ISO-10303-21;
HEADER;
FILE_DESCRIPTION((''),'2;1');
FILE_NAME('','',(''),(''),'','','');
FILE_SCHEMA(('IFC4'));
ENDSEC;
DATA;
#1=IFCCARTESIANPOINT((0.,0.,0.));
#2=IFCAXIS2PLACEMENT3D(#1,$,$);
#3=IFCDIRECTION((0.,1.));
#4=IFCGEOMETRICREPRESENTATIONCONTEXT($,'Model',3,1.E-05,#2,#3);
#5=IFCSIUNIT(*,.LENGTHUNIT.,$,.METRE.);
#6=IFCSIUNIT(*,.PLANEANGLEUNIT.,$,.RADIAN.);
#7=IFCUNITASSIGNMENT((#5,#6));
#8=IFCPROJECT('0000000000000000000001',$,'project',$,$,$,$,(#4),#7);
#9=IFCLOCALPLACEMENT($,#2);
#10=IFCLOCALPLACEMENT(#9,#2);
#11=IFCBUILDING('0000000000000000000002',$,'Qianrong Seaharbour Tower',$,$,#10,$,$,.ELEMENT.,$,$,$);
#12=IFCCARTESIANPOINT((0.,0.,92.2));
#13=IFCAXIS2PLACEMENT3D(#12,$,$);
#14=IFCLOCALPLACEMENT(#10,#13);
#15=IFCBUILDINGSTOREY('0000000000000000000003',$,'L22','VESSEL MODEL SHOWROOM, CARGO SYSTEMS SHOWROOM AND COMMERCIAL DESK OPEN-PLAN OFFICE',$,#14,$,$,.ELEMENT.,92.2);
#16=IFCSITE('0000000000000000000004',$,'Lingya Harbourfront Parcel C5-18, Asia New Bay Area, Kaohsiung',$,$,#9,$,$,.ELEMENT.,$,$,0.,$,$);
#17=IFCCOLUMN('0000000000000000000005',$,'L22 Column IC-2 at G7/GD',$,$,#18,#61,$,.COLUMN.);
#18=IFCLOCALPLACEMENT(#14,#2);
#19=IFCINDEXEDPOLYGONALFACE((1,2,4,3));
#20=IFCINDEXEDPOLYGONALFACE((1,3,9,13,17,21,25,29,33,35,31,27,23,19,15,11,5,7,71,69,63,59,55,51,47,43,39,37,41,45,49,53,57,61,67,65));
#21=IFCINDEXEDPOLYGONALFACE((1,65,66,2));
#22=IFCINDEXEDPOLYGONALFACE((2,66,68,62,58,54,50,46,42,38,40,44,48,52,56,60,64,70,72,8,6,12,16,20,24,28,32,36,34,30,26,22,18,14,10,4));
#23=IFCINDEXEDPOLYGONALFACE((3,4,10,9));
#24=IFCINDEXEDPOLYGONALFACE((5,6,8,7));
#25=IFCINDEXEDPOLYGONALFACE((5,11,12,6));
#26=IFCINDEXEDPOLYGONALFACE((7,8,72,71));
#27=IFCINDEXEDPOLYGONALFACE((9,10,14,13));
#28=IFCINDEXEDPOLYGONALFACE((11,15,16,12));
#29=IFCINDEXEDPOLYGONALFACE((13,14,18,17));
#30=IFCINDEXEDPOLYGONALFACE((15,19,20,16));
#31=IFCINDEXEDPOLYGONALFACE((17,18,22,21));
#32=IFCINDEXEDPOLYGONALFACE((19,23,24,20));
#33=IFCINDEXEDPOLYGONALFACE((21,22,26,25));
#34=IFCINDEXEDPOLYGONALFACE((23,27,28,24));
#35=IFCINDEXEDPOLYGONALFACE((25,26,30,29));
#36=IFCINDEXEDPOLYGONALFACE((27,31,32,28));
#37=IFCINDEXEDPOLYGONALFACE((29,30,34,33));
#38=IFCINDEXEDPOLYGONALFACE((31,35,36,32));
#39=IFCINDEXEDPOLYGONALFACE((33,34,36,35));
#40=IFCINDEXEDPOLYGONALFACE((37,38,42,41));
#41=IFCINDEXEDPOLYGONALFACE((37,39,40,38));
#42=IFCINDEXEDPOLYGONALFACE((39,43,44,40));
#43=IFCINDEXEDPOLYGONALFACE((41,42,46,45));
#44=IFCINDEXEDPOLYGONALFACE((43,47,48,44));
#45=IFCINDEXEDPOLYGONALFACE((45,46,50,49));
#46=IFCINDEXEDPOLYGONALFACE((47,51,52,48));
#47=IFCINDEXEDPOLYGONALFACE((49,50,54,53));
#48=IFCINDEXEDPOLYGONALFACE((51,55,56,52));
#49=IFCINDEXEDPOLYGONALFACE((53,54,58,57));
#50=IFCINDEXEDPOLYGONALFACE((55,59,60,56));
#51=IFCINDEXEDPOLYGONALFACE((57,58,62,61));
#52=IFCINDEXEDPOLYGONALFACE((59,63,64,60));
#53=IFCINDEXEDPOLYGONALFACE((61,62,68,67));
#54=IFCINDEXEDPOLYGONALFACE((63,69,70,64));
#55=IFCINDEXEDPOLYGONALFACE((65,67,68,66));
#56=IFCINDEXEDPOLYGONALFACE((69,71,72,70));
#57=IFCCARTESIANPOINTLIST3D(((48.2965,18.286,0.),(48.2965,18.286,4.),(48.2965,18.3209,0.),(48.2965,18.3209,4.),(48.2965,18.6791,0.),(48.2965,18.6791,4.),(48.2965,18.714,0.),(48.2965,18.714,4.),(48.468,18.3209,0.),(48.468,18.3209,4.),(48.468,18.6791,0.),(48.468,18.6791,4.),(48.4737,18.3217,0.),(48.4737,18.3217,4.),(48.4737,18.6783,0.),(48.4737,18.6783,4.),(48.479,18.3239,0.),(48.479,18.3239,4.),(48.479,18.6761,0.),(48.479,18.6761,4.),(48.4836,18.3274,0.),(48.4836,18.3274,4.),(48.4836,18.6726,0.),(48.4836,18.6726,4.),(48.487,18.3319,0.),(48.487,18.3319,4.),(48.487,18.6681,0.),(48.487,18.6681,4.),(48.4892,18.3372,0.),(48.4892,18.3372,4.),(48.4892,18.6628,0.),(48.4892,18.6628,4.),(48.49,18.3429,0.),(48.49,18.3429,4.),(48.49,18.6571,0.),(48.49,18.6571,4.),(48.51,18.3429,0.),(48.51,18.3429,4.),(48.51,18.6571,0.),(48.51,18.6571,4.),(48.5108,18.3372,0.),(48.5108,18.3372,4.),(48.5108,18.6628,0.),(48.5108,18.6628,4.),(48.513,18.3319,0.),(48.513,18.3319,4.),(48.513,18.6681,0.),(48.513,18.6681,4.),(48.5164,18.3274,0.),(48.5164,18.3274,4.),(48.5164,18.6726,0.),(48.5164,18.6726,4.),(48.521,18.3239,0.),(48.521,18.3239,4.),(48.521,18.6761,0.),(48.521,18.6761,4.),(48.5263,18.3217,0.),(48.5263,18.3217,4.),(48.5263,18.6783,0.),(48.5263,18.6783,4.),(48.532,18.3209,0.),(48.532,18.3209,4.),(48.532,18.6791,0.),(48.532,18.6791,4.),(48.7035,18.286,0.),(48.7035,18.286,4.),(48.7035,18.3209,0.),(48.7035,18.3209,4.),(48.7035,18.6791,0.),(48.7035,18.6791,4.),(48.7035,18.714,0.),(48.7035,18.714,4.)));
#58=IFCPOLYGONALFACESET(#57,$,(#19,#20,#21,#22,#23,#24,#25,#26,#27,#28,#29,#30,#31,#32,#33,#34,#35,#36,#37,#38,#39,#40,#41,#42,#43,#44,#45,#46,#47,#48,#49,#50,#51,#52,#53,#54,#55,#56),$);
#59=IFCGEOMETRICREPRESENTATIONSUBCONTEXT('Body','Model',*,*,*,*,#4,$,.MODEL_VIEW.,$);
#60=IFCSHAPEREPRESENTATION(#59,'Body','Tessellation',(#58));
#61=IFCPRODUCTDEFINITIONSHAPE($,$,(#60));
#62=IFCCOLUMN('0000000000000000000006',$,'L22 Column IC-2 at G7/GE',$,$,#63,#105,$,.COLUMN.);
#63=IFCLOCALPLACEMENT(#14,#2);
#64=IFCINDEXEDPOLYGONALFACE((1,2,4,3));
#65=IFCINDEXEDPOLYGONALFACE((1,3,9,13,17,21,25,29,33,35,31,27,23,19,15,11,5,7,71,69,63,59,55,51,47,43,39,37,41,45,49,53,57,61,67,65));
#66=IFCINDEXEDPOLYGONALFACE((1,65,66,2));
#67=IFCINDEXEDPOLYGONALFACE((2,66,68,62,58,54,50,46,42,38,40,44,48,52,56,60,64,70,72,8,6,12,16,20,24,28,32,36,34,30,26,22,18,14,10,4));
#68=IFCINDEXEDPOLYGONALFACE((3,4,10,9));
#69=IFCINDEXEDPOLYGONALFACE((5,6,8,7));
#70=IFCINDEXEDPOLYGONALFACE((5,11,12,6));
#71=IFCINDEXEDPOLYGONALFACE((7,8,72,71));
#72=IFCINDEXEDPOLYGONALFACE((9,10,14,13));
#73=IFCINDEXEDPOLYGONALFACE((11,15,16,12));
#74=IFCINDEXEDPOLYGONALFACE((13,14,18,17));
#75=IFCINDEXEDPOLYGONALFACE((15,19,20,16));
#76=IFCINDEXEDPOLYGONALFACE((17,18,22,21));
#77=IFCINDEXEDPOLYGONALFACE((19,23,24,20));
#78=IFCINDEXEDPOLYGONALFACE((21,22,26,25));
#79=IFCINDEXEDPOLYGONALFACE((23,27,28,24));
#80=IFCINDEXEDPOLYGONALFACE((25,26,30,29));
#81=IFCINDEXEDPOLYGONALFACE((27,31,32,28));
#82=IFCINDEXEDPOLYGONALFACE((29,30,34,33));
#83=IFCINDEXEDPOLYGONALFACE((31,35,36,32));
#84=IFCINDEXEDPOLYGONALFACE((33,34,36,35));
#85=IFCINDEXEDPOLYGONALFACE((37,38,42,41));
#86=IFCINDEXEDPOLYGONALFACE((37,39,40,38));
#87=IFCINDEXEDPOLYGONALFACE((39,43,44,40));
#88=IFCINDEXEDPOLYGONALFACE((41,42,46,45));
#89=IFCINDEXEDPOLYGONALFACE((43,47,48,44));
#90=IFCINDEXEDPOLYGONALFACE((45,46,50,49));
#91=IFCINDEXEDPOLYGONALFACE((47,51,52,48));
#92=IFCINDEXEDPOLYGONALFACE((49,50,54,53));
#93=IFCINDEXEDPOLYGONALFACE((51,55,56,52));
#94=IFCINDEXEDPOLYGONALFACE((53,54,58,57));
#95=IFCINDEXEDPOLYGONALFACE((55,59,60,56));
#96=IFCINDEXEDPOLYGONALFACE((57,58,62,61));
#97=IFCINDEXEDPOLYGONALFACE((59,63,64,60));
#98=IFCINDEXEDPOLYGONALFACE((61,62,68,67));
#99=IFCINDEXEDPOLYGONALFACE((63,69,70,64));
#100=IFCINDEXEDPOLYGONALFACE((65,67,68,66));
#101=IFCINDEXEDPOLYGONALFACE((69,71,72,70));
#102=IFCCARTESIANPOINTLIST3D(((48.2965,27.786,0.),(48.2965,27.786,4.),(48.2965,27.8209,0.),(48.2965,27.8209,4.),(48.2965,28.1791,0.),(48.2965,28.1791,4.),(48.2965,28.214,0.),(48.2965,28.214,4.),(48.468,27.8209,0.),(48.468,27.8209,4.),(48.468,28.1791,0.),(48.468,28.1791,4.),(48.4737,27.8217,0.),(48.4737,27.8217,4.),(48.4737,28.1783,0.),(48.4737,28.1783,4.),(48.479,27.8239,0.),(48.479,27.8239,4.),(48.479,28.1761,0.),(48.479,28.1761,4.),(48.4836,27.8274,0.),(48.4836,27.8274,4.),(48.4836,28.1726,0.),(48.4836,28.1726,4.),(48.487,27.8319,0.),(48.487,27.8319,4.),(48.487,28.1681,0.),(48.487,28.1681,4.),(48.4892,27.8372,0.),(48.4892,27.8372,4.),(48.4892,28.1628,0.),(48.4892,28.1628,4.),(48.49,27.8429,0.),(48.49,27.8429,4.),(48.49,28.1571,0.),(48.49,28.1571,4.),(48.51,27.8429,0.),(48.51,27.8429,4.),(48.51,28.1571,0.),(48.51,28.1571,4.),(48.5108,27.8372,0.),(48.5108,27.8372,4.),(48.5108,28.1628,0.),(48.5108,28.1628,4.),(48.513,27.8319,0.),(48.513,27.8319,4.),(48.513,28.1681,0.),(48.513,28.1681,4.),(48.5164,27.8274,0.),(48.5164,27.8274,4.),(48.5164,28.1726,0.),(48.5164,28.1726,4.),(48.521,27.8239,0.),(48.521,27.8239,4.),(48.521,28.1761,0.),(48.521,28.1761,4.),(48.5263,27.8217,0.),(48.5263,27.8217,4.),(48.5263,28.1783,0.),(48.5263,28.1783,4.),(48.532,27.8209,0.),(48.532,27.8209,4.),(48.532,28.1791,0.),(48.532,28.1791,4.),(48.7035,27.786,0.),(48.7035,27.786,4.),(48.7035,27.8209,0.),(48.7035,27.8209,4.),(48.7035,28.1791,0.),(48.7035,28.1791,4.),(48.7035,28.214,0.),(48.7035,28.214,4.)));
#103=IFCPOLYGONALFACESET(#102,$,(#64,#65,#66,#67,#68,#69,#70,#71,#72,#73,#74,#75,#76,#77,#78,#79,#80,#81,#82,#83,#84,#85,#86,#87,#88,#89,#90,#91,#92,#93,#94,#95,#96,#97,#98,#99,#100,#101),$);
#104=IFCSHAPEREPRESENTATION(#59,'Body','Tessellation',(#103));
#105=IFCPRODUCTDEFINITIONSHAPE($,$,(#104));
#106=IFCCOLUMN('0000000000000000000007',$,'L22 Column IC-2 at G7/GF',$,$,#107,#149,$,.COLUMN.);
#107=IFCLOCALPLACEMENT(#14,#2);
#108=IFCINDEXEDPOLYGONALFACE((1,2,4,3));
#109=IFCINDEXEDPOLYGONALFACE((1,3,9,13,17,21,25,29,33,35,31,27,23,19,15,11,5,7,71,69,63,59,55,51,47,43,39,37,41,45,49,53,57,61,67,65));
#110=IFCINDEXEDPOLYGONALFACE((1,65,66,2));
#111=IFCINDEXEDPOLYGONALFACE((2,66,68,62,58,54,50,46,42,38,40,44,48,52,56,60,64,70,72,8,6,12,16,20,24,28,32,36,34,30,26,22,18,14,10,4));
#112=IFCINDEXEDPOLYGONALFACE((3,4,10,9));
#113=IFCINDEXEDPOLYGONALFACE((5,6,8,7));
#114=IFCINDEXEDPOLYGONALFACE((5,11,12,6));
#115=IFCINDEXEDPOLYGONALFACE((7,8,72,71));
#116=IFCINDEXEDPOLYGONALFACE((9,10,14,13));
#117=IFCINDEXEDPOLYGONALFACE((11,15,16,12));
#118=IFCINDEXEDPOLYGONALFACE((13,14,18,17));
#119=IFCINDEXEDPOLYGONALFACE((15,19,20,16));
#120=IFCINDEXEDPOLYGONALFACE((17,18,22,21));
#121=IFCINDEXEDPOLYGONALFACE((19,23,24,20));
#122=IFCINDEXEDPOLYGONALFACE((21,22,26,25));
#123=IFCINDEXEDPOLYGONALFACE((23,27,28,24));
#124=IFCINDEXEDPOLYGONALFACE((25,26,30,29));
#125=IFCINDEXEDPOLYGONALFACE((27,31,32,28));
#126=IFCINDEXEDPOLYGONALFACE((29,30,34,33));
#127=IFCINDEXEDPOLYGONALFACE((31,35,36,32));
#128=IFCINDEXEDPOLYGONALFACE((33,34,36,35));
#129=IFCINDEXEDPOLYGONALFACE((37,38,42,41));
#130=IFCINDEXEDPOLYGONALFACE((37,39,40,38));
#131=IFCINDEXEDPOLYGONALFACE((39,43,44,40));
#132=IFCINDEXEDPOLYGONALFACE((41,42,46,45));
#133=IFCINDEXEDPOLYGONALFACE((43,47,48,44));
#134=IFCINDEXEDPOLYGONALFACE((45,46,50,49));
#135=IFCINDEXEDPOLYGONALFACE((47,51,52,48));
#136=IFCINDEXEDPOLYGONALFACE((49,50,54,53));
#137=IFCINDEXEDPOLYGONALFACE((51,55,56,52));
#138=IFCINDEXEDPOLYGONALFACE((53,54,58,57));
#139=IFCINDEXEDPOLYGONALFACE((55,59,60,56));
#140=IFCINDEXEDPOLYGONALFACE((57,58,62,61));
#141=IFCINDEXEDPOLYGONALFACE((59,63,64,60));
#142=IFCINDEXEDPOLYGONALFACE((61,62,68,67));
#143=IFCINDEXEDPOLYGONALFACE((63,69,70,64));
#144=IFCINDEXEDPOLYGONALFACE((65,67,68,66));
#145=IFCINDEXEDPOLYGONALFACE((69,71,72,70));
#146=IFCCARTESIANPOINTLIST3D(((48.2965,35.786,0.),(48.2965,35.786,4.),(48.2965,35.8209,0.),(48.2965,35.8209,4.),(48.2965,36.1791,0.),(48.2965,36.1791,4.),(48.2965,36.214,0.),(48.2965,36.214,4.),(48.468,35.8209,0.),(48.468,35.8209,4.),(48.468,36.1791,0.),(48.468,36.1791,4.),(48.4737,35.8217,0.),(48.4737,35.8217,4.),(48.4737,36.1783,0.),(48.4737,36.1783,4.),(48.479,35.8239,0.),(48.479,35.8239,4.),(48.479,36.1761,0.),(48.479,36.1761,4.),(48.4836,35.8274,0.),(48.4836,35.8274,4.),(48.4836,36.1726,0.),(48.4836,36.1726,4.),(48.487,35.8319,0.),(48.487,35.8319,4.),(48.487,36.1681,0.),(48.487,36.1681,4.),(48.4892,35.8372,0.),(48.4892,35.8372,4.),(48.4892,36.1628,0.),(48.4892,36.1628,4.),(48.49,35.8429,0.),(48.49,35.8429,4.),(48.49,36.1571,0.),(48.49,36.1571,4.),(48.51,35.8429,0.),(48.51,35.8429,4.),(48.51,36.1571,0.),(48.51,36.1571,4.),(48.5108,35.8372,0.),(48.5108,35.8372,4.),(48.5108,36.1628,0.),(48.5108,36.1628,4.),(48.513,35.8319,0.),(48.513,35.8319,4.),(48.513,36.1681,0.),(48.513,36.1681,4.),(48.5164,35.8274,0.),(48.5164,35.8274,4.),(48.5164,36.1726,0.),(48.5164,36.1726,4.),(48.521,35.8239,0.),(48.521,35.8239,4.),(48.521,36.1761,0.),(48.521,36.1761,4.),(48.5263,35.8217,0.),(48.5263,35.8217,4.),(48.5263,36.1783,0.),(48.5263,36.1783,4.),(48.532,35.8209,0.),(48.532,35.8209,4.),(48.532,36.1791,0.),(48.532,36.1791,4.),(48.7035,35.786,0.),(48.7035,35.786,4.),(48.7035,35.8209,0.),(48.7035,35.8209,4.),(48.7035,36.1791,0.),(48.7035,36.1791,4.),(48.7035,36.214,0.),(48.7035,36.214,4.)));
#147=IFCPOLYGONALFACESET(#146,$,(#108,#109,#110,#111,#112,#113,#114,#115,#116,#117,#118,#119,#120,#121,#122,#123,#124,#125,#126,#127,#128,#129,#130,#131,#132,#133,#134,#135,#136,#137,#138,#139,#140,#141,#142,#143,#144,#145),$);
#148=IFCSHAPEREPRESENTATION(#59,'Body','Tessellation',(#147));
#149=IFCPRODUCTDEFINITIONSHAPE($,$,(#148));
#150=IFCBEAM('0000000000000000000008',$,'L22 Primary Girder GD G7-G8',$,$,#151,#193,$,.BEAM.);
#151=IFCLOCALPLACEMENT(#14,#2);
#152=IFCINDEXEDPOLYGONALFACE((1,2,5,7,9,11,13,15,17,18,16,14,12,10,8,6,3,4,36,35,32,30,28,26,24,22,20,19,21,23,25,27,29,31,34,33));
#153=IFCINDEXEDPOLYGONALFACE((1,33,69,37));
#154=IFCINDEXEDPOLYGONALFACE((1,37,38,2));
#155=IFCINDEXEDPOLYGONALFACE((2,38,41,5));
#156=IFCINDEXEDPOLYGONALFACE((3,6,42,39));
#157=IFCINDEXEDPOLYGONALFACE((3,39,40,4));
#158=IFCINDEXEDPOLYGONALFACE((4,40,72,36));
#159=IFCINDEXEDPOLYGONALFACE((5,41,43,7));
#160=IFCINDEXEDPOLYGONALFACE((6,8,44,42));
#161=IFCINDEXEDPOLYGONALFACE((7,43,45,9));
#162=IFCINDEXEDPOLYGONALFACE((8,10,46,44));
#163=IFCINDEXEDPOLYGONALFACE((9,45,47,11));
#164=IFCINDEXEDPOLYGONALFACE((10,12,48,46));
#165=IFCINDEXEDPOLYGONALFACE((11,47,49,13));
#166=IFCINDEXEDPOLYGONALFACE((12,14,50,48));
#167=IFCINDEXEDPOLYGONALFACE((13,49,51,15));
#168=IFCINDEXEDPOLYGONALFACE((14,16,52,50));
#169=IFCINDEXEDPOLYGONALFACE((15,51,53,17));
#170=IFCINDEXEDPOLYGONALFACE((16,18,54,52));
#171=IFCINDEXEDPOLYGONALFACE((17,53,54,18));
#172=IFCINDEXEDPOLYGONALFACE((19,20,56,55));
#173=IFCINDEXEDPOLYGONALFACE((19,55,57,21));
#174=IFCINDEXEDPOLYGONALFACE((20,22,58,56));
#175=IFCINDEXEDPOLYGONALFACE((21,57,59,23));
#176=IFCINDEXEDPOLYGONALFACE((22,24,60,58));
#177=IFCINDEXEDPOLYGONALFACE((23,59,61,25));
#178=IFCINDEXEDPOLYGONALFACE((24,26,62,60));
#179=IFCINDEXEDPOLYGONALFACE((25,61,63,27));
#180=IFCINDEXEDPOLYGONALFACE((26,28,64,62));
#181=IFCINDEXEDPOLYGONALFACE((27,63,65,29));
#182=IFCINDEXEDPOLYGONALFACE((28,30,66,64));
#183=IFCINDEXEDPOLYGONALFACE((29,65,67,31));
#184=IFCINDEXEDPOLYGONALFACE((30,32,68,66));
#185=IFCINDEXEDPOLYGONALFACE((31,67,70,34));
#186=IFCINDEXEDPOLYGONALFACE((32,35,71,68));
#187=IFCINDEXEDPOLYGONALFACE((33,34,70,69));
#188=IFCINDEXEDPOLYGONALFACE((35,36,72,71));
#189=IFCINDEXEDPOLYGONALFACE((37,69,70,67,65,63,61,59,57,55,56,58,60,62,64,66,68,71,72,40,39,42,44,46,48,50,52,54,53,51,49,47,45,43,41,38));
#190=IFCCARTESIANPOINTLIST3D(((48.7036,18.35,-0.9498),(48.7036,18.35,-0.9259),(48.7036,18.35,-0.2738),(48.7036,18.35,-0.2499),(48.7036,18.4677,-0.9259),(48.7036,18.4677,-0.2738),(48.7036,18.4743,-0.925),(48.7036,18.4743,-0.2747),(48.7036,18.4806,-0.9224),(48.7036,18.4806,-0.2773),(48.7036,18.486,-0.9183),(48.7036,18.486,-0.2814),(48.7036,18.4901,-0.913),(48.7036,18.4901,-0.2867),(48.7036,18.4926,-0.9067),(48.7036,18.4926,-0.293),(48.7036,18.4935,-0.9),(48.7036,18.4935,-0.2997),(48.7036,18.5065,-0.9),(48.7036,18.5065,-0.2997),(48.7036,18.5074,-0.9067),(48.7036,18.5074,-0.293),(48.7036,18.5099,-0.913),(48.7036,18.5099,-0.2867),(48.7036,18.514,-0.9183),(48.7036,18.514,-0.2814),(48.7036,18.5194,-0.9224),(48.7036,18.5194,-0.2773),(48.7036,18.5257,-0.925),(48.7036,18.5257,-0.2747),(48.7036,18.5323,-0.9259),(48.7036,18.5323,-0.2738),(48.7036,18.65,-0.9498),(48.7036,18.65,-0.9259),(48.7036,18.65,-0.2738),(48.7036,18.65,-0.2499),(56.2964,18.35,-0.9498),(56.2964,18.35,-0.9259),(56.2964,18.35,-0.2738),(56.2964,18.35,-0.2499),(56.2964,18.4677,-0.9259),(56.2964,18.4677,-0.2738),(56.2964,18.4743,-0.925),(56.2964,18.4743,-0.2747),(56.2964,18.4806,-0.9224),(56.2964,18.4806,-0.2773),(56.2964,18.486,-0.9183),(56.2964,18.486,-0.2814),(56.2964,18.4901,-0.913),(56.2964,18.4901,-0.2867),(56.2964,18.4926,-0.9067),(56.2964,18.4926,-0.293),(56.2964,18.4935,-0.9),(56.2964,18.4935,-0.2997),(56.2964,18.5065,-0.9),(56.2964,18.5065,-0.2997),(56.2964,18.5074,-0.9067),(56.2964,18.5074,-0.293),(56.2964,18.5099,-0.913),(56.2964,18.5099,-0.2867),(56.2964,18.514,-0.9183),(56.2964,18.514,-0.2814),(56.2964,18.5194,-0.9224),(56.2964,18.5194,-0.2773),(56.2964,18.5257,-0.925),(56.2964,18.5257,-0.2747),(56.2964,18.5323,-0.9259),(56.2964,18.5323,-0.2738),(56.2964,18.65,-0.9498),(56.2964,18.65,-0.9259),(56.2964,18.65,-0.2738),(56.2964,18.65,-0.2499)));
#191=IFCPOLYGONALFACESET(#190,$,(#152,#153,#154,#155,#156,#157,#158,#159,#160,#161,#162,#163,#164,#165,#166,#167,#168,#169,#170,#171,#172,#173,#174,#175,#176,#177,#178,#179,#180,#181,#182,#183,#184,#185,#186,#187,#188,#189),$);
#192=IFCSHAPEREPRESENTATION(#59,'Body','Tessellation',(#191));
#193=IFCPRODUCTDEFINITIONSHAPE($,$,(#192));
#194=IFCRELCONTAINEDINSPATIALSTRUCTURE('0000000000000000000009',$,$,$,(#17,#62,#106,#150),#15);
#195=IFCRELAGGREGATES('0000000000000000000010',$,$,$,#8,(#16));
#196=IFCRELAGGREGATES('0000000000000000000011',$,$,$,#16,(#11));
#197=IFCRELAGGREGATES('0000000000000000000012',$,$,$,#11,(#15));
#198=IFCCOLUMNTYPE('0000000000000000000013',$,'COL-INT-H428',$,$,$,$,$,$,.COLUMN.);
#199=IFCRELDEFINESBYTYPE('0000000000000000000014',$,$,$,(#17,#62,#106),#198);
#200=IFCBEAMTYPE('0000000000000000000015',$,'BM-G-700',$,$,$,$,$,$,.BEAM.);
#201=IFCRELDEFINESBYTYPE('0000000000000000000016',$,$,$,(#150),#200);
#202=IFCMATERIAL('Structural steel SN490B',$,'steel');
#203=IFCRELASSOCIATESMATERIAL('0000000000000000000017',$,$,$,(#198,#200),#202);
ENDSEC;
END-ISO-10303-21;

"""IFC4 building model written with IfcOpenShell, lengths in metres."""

from ifc_helpers import new_model, si_unit, direction, frame, origin, origin_2d, place, context, subcontext, project, spatial, i_section, extrude, material, material_profile, profile_set, type_object, element, save


model = new_model("IFC4")

# Units and contexts
model_context = context("Model", 3, precision=1e-05, world=origin(), true_north=direction((0.0, 1.0)))
body_context = subcontext(model_context, "Body", "Model", "MODEL_VIEW")
ifc_project = project(units=[si_unit("LENGTHUNIT", "METRE"), si_unit("PLANEANGLEUNIT", "RADIAN")], contexts=[model_context])

# Site, building, storey
site_placement = place(None, origin())
site = spatial("IfcSite", under=ifc_project, at=site_placement, Name="Lingya Harbourfront Parcel C5-18, Asia New Bay Area, Kaohsiung", CompositionType="ELEMENT", RefElevation=0.0)
building_placement = place(site_placement, origin())
building = spatial("IfcBuilding", under=site, at=building_placement, Name="Qianrong Seaharbour Tower", CompositionType="ELEMENT")
storey_placement = place(building_placement, frame((0.0, 0.0, 92.2)))
storey = spatial("IfcBuildingStorey", under=building, at=storey_placement, Name="L22", Description="VESSEL MODEL SHOWROOM, CARGO SYSTEMS SHOWROOM AND COMMERCIAL DESK OPEN-PLAN OFFICE", CompositionType="ELEMENT", Elevation=92.2)

# Columns
ifc_material_1 = material(Name="Structural steel SN490B", Category="steel")
ifc_material_profile_1 = material_profile(ifc_material_1, i_section(OverallWidth=0.407, OverallDepth=0.428, WebThickness=0.02, FlangeThickness=0.0349, FilletRadius=0.022, at=origin_2d()), Name="H428x407x20x35")
ifc_profile_set_1 = profile_set([ifc_material_profile_1], Name="Structural steel SN490B")
column_type = type_object("IfcColumnType", Name="COL-INT-H428", PredefinedType="COLUMN", material=ifc_profile_set_1)
for number, where, z_axis, x_axis, name in (
    (1, (48.5, 18.5, 0.0), (0.0, 0.0, 1.0), (1.0, 0.0, 0.0), "L22 Column IC-2 at G7/GD"),
    (2, (48.5, 28.0, 0.0), (0.0, 0.0, 1.0), (1.0, 0.0, 0.0), "L22 Column IC-2 at G7/GE"),
    (3, (48.5, 36.0, 0.0), (0.0, 0.0, 1.0), (1.0, 0.0, 0.0), "L22 Column IC-2 at G7/GF"),
):
    element("IfcColumn", number, at=place(storey_placement, frame(where, z_axis=z_axis, x_axis=x_axis)), inside=storey, type_object=column_type, Name=name, PredefinedType="COLUMN", context=body_context, shape_type="SweptSolid", body=[
        extrude(i_section(OverallWidth=0.407, OverallDepth=0.428, WebThickness=0.02, FlangeThickness=0.0349, FilletRadius=0.022, at=origin_2d()), origin(), (0.0, 0.0, 1.0), 4.0),
    ])

# Beam
ifc_material_profile_2 = material_profile(ifc_material_1, i_section(OverallWidth=0.3, OverallDepth=0.7, WebThickness=0.0129, FlangeThickness=0.0239, FilletRadius=0.0259, at=origin_2d()), Name="H700x300x13x24")
ifc_profile_set_2 = profile_set([ifc_material_profile_2], Name="Structural steel SN490B")
beam_type_1 = type_object("IfcBeamType", Name="BM-G-700", PredefinedType="BEAM", material=ifc_profile_set_2)
for number, where, z_axis, x_axis, name in (
    (4, (48.7036, 18.5, -0.5999), (1.0, 0.0, 0.0), (0.0, 1.0, 0.0), "L22 Primary Girder GD G7-G8"),
):
    element("IfcBeam", number, at=place(storey_placement, frame(where, z_axis=z_axis, x_axis=x_axis)), inside=storey, type_object=beam_type_1, Name=name, PredefinedType="BEAM", context=body_context, shape_type="SweptSolid", body=[
        extrude(i_section(OverallWidth=0.3, OverallDepth=0.7, WebThickness=0.0129, FlangeThickness=0.0239, FilletRadius=0.0259, at=origin_2d()), origin(), (0.0, 0.0, 1.0), 7.5928),
    ])

save(model, "model.ifc")
